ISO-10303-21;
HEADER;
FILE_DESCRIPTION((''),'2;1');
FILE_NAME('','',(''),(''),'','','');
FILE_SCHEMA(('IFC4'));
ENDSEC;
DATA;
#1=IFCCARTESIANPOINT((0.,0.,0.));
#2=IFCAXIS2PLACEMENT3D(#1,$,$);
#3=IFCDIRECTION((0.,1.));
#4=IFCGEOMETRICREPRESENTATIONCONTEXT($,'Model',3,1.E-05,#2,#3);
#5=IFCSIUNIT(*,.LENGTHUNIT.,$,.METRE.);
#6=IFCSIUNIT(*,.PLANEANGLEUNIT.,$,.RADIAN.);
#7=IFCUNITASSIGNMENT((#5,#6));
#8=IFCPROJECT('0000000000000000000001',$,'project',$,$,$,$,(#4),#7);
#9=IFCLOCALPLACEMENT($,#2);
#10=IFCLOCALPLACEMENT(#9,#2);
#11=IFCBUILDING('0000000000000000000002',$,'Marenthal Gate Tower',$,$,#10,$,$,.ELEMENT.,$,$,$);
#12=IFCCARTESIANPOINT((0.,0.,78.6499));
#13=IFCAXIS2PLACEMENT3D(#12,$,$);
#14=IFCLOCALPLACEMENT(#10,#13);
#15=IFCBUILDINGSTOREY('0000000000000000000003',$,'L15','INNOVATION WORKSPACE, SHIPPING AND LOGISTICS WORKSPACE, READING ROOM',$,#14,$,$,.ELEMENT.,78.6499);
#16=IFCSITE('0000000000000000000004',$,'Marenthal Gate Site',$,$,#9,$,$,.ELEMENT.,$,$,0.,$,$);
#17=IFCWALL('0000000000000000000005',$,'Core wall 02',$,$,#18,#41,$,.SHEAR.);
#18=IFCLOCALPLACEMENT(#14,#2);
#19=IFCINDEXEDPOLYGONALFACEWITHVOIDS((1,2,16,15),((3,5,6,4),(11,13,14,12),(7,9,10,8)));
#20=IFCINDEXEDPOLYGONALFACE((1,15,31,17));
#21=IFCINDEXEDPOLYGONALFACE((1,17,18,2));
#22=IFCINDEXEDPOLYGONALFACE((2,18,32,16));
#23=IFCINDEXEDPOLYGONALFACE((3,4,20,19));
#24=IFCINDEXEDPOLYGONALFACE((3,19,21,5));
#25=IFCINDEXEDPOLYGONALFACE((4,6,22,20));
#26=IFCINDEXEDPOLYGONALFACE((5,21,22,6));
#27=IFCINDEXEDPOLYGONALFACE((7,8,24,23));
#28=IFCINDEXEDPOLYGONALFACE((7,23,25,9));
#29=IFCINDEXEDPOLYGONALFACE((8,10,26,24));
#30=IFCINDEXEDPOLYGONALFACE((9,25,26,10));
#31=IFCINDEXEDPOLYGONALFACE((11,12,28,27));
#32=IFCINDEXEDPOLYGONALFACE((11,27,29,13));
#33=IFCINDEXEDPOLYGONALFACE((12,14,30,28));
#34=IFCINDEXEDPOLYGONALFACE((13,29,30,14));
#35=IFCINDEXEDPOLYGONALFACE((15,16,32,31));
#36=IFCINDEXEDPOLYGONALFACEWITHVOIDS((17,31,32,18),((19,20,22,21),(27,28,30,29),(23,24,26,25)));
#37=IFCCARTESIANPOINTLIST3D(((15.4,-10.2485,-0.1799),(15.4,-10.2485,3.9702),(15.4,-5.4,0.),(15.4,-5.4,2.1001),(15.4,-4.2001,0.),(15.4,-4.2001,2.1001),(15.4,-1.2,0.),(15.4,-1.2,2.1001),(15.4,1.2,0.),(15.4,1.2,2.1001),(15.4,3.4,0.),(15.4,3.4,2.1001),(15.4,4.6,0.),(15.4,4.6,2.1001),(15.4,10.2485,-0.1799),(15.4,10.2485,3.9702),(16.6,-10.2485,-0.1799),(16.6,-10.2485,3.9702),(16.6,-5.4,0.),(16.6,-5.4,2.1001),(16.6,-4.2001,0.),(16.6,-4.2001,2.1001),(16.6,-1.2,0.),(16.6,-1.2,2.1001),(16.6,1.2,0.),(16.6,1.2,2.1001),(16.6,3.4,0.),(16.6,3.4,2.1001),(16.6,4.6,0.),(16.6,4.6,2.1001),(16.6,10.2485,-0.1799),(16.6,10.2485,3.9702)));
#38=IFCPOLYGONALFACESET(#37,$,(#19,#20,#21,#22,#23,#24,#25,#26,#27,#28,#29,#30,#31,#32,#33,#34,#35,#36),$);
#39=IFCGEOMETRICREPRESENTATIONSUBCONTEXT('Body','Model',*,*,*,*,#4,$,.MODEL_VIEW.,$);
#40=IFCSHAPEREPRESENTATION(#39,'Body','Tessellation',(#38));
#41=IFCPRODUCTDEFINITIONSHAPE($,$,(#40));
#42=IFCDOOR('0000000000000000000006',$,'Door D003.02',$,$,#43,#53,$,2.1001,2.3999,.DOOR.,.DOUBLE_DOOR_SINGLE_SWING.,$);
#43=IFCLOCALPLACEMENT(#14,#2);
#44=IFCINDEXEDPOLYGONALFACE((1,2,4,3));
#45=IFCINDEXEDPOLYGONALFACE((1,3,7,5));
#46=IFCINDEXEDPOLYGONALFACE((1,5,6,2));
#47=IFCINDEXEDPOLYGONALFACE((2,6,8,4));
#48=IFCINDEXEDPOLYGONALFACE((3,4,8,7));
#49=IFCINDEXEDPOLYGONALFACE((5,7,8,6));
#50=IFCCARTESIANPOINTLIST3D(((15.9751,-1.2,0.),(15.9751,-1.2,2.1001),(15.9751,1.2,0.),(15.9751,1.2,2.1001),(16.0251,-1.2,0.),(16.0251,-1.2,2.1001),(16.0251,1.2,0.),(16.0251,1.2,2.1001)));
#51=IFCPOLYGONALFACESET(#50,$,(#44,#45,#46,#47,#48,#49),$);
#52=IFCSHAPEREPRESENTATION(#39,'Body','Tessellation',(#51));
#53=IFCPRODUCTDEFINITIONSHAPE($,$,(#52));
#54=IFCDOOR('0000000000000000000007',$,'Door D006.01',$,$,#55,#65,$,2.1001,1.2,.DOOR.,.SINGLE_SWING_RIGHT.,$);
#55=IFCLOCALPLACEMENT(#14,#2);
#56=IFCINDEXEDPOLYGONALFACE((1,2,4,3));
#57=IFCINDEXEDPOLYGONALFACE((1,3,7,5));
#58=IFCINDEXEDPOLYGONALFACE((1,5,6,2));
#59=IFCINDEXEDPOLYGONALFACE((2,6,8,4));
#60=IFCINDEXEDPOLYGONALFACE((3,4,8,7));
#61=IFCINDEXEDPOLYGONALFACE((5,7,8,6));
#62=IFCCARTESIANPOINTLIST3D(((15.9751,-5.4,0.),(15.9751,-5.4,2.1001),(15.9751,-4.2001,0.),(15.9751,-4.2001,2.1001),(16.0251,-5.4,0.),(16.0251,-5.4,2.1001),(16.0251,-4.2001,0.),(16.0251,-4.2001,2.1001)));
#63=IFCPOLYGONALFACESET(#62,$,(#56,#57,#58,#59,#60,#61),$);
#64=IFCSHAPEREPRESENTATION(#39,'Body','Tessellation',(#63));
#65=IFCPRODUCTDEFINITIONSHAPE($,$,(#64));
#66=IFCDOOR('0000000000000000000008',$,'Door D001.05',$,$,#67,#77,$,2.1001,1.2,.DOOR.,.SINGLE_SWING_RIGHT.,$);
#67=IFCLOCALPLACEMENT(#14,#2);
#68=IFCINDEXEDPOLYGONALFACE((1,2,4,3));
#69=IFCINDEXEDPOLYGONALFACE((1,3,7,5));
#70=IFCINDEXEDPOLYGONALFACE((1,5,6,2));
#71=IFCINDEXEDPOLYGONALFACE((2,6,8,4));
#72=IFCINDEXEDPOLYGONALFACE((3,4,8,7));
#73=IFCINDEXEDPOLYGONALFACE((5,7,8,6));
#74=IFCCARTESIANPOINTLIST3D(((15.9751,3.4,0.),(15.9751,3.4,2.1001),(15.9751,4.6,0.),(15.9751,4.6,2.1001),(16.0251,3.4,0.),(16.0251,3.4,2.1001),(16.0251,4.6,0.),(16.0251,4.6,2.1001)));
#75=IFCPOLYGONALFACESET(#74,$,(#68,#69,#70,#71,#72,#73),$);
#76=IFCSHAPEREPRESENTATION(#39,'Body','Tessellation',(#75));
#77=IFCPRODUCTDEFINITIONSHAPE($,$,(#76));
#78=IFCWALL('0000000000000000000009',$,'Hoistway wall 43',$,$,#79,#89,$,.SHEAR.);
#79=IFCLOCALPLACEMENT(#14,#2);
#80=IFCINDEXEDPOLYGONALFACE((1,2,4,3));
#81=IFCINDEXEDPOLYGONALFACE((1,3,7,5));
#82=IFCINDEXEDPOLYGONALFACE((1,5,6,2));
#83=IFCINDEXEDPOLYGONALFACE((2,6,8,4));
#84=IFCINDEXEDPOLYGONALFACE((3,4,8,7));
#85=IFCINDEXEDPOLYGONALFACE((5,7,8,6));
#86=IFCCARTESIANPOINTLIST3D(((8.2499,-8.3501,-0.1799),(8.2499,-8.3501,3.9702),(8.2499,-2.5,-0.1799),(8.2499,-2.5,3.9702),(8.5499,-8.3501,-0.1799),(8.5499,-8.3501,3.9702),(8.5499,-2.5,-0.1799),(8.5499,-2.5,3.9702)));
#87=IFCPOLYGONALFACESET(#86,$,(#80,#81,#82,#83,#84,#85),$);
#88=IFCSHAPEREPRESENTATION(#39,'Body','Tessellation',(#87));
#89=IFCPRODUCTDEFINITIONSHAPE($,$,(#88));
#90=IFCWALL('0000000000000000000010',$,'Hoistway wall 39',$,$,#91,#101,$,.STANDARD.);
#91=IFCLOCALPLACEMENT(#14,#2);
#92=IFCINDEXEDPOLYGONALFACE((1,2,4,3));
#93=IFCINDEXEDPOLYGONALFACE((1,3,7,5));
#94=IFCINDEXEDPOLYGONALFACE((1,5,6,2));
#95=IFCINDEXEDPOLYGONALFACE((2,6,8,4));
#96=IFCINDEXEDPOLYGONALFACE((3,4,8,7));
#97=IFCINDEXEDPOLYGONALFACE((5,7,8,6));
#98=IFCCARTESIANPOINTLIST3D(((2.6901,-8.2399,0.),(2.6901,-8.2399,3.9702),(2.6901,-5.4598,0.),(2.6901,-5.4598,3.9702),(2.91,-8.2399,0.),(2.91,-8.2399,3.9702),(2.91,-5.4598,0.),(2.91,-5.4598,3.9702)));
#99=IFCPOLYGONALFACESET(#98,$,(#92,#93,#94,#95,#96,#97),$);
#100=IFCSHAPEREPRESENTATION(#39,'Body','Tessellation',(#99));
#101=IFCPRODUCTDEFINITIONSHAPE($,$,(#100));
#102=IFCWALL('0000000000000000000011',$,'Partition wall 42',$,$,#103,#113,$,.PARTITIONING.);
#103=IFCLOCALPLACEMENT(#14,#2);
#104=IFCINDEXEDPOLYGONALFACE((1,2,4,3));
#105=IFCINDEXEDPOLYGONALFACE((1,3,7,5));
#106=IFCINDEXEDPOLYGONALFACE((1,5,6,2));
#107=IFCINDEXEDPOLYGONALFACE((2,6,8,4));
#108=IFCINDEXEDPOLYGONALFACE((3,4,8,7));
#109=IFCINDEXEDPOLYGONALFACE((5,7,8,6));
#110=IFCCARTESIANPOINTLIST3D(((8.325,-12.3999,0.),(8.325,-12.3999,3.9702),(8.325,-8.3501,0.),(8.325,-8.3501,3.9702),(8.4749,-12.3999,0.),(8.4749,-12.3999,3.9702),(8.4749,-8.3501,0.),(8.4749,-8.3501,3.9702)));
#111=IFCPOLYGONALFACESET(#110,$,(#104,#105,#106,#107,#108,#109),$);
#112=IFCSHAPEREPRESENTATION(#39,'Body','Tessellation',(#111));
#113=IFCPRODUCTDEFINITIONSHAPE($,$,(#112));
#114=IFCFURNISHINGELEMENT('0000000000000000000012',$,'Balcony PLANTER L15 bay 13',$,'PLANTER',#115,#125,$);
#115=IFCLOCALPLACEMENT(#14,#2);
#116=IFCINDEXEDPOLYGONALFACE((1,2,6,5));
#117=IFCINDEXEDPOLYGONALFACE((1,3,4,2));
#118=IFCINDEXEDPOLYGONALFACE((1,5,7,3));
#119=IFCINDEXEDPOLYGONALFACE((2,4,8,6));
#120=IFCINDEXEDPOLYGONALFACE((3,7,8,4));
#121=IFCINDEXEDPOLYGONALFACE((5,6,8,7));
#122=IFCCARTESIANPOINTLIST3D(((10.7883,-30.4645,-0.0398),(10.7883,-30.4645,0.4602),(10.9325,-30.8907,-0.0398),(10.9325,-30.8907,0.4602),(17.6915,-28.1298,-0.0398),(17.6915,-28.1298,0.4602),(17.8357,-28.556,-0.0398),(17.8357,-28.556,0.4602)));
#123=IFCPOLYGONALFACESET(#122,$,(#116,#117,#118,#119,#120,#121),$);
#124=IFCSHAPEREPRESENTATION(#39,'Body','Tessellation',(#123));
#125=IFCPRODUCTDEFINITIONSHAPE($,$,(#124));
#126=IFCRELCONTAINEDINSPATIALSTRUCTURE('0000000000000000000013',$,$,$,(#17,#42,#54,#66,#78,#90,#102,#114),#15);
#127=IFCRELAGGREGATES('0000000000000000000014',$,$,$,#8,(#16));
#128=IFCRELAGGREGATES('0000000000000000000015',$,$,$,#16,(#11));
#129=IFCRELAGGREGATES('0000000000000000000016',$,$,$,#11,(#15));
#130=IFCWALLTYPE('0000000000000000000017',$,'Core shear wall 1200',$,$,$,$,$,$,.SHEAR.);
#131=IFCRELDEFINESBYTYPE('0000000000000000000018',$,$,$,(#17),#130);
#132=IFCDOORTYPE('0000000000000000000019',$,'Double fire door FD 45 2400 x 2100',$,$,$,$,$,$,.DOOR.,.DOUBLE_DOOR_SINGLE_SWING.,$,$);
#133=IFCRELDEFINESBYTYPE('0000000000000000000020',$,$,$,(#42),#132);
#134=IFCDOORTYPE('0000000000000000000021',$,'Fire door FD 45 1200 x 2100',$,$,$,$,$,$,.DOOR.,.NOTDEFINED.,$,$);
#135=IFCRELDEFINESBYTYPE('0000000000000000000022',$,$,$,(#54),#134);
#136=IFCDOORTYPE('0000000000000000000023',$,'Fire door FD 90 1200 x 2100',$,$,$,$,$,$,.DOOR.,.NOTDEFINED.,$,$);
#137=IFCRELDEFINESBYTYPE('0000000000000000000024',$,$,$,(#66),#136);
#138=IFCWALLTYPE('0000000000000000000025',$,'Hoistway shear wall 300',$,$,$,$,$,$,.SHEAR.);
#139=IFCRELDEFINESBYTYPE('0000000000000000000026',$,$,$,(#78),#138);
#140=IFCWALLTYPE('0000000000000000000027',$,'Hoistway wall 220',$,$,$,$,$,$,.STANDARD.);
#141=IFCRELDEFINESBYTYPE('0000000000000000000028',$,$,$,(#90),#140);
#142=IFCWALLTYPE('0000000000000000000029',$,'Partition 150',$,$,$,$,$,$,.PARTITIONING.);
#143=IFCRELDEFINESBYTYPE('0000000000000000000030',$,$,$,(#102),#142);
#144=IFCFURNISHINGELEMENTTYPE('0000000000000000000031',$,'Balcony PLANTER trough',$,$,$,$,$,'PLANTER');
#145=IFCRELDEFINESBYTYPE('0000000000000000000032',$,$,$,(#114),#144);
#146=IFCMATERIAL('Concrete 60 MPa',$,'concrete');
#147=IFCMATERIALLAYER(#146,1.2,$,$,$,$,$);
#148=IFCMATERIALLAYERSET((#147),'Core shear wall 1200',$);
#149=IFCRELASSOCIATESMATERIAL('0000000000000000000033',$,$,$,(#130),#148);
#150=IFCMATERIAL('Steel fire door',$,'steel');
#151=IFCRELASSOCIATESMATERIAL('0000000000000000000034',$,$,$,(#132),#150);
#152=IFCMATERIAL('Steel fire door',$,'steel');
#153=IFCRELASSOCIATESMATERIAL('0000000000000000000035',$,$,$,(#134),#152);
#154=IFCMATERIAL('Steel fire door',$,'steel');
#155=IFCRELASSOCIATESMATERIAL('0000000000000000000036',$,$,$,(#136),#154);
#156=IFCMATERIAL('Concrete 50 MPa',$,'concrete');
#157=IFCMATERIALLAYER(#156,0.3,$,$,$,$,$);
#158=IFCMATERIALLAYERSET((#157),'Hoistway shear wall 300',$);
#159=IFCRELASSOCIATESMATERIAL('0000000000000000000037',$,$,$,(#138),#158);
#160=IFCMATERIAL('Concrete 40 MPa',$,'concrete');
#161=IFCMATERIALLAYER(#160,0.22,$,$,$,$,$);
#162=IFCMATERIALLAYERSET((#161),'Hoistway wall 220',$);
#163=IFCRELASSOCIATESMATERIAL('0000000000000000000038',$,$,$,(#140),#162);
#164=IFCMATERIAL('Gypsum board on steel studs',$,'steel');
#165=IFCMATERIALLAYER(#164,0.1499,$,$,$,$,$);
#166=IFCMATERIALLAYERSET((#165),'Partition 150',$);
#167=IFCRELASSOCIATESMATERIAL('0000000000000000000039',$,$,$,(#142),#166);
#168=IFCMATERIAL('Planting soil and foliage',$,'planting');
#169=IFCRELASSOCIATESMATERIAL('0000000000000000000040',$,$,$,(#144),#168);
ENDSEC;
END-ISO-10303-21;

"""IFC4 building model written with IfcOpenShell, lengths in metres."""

from ifc_helpers import new_model, si_unit, direction, frame, frame_2d, origin, origin_2d, place, context, subcontext, project, spatial, rectangle, extrude, material, layer, layer_set, type_object, element, fill, save


model = new_model("IFC4")

# Units and contexts
model_context = context("Model", 3, precision=1e-05, world=origin(), true_north=direction((0.0, 1.0)))
body_context = subcontext(model_context, "Body", "Model", "MODEL_VIEW")
ifc_project = project(units=[si_unit("LENGTHUNIT", "METRE"), si_unit("PLANEANGLEUNIT", "RADIAN")], contexts=[model_context])

# Site, building, storey
site_placement = place(None, origin())
site = spatial("IfcSite", under=ifc_project, at=site_placement, Name="Marenthal Gate Site", CompositionType="ELEMENT", RefElevation=0.0)
building_placement = place(site_placement, origin())
building = spatial("IfcBuilding", under=site, at=building_placement, Name="Marenthal Gate Tower", CompositionType="ELEMENT")
storey_placement = place(building_placement, frame((0.0, 0.0, 78.6499)))
storey = spatial("IfcBuildingStorey", under=building, at=storey_placement, Name="L15", Description="INNOVATION WORKSPACE, SHIPPING AND LOGISTICS WORKSPACE, READING ROOM", CompositionType="ELEMENT", Elevation=78.6499)

# Shared definitions
ifc_material_1 = material(Name="Concrete 60 MPa", Category="concrete")
ifc_layer_1 = layer(ifc_material_1, 1.2)
ifc_layer_set_1 = layer_set([ifc_layer_1], Name="Core shear wall 1200")
wall_type_1 = type_object("IfcWallType", Name="Core shear wall 1200", PredefinedType="SHEAR", material=ifc_layer_set_1)

# Wall, openings, doors
wall_1_placement = place(storey_placement, frame((16.0, -10.2485, -0.1799), z_axis=(0.0, 0.0, 1.0), x_axis=(0.0, 1.0, 0.0)))
wall_1 = element("IfcWall", 1, at=wall_1_placement, inside=storey, type_object=wall_type_1, Name="Core wall 02", PredefinedType="SHEAR", context=body_context, shape_type="SweptSolid", body=[
    extrude(rectangle(XDim=20.4971, YDim=1.2, at=frame_2d((10.2485, 0.0))), origin(), (0.0, 0.0, 1.0), 4.1501),
])
opening_1_placement = place(wall_1_placement, frame((9.0486, 0.0, 0.1799)))
opening_1 = element("IfcOpeningElement", 2, at=opening_1_placement, cuts=wall_1, PredefinedType="OPENING", context=body_context, shape_type="SweptSolid", body=[
    extrude(rectangle(XDim=2.3999, YDim=2.1001, at=frame_2d((1.2, 1.05))), frame((0.0, 0.6099, 0.0), z_axis=(0.0, -1.0, 0.0), x_axis=(1.0, 0.0, 0.0)), (0.0, 0.0, 1.0), 1.22),
])
opening_2_placement = place(wall_1_placement, frame((13.6484, 0.0, 0.1799)))
opening_2 = element("IfcOpeningElement", 3, at=opening_2_placement, cuts=wall_1, PredefinedType="OPENING", context=body_context, shape_type="SweptSolid", body=[
    extrude(rectangle(XDim=1.2, YDim=2.1001, at=frame_2d((0.6001, 1.05))), frame((0.0, 0.6099, 0.0), z_axis=(0.0, -1.0, 0.0), x_axis=(1.0, 0.0, 0.0)), (0.0, 0.0, 1.0), 1.22),
])
opening_3_placement = place(wall_1_placement, frame((4.8484, 0.0, 0.1799)))
opening_3 = element("IfcOpeningElement", 4, at=opening_3_placement, cuts=wall_1, PredefinedType="OPENING", context=body_context, shape_type="SweptSolid", body=[
    extrude(rectangle(XDim=1.2, YDim=2.1001, at=frame_2d((0.6001, 1.05))), frame((0.0, 0.6099, 0.0), z_axis=(0.0, -1.0, 0.0), x_axis=(1.0, 0.0, 0.0)), (0.0, 0.0, 1.0), 1.22),
])
ifc_material_2 = material(Name="Steel fire door", Category="steel")
door_type_1 = type_object("IfcDoorType", Name="Double fire door FD 45 2400 x 2100", OperationType="DOUBLE_DOOR_SINGLE_SWING", PredefinedType="DOOR", material=ifc_material_2)
door_1_placement = place(opening_1_placement, origin())
door_1 = element("IfcDoor", 5, at=door_1_placement, inside=storey, type_object=door_type_1, Name="Door D003.02", OperationType="DOUBLE_DOOR_SINGLE_SWING", OverallHeight=2.1001, OverallWidth=2.3999, PredefinedType="DOOR", context=body_context, shape_type="SweptSolid", body=[
    extrude(rectangle(XDim=2.3999, YDim=2.1001, at=frame_2d((1.2, 1.05))), frame((0.0, 0.0249, 0.0), z_axis=(0.0, -1.0, 0.0), x_axis=(1.0, 0.0, 0.0)), (0.0, 0.0, 1.0), 0.05),
])
fill(opening_1, door_1)
ifc_material_3 = material(Name="Steel fire door", Category="steel")
door_type_2 = type_object("IfcDoorType", Name="Fire door FD 45 1200 x 2100", OperationType="NOTDEFINED", PredefinedType="DOOR", material=ifc_material_3)
door_2_placement = place(opening_3_placement, origin())
door_2 = element("IfcDoor", 6, at=door_2_placement, inside=storey, type_object=door_type_2, Name="Door D006.01", OperationType="SINGLE_SWING_RIGHT", OverallHeight=2.1001, OverallWidth=1.2, PredefinedType="DOOR", context=body_context, shape_type="SweptSolid", body=[
    extrude(rectangle(XDim=1.2, YDim=2.1001, at=frame_2d((0.6001, 1.05))), frame((0.0, 0.0249, 0.0), z_axis=(0.0, -1.0, 0.0), x_axis=(1.0, 0.0, 0.0)), (0.0, 0.0, 1.0), 0.05),
])
fill(opening_3, door_2)
ifc_material_4 = material(Name="Steel fire door", Category="steel")
door_type_3 = type_object("IfcDoorType", Name="Fire door FD 90 1200 x 2100", OperationType="NOTDEFINED", PredefinedType="DOOR", material=ifc_material_4)
door_3_placement = place(opening_2_placement, origin())
door_3 = element("IfcDoor", 7, at=door_3_placement, inside=storey, type_object=door_type_3, Name="Door D001.05", OperationType="SINGLE_SWING_RIGHT", OverallHeight=2.1001, OverallWidth=1.2, PredefinedType="DOOR", context=body_context, shape_type="SweptSolid", body=[
    extrude(rectangle(XDim=1.2, YDim=2.1001, at=frame_2d((0.6001, 1.05))), frame((0.0, 0.0249, 0.0), z_axis=(0.0, -1.0, 0.0), x_axis=(1.0, 0.0, 0.0)), (0.0, 0.0, 1.0), 0.05),
])
fill(opening_2, door_3)

# Walls
ifc_material_5 = material(Name="Concrete 50 MPa", Category="concrete")
ifc_layer_2 = layer(ifc_material_5, 0.3)
ifc_layer_set_2 = layer_set([ifc_layer_2], Name="Hoistway shear wall 300")
wall_type_2 = type_object("IfcWallType", Name="Hoistway shear wall 300", PredefinedType="SHEAR", material=ifc_layer_set_2)
wall_2_placement = place(storey_placement, frame((8.3999, -8.3501, -0.1799), z_axis=(0.0, 0.0, 1.0), x_axis=(0.0, 1.0, 0.0)))
element("IfcWall", 8, at=wall_2_placement, inside=storey, type_object=wall_type_2, Name="Hoistway wall 43", PredefinedType="SHEAR", context=body_context, shape_type="SweptSolid", body=[
    extrude(rectangle(XDim=5.8501, YDim=0.3, at=frame_2d((2.925, 0.0))), origin(), (0.0, 0.0, 1.0), 4.1501),
])
ifc_material_6 = material(Name="Concrete 40 MPa", Category="concrete")
ifc_layer_3 = layer(ifc_material_6, 0.22)
ifc_layer_set_3 = layer_set([ifc_layer_3], Name="Hoistway wall 220")
wall_type_3 = type_object("IfcWallType", Name="Hoistway wall 220", PredefinedType="STANDARD", material=ifc_layer_set_3)
wall_3_placement = place(storey_placement, frame((2.8, -8.24, 0.0), z_axis=(0.0, 0.0, 1.0), x_axis=(0.0, 1.0, 0.0)))
element("IfcWall", 9, at=wall_3_placement, inside=storey, type_object=wall_type_3, Name="Hoistway wall 39", PredefinedType="STANDARD", context=body_context, shape_type="SweptSolid", body=[
    extrude(rectangle(XDim=2.78, YDim=0.22, at=frame_2d((1.3901, 0.0))), origin(), (0.0, 0.0, 1.0), 3.9702),
])
ifc_material_7 = material(Name="Gypsum board on steel studs", Category="steel")
ifc_layer_4 = layer(ifc_material_7, 0.1499)
ifc_layer_set_4 = layer_set([ifc_layer_4], Name="Partition 150")
wall_type_4 = type_object("IfcWallType", Name="Partition 150", PredefinedType="PARTITIONING", material=ifc_layer_set_4)
wall_4_placement = place(storey_placement, frame((8.3999, -12.3999, 0.0), z_axis=(0.0, 0.0, 1.0), x_axis=(0.0, 1.0, 0.0)))
element("IfcWall", 10, at=wall_4_placement, inside=storey, type_object=wall_type_4, Name="Partition wall 42", PredefinedType="PARTITIONING", context=body_context, shape_type="SweptSolid", body=[
    extrude(rectangle(XDim=4.0498, YDim=0.1499, at=frame_2d((2.0249, 0.0))), origin(), (0.0, 0.0, 1.0), 3.9702),
])

# Furnishing element
ifc_material_8 = material(Name="Planting soil and foliage", Category="planting")
furnishing_element_type = type_object("IfcFurnishingElementType", Name="Balcony PLANTER trough", ElementType="PLANTER", material=ifc_material_8)
furnishing_placement = place(storey_placement, frame((14.312, -29.5103, -0.0398), z_axis=(0.0, 0.0, 1.0), x_axis=(0.947289, 0.320381, 0.0)))
element("IfcFurnishingElement", 11, at=furnishing_placement, inside=storey, type_object=furnishing_element_type, Name="Balcony PLANTER L15 bay 13", ObjectType="PLANTER", context=body_context, shape_type="SweptSolid", body=[
    extrude(rectangle(XDim=7.2874, YDim=0.45, at=origin_2d()), origin(), (0.0, 0.0, 1.0), 0.5),
])

save(model, "model.ifc")
